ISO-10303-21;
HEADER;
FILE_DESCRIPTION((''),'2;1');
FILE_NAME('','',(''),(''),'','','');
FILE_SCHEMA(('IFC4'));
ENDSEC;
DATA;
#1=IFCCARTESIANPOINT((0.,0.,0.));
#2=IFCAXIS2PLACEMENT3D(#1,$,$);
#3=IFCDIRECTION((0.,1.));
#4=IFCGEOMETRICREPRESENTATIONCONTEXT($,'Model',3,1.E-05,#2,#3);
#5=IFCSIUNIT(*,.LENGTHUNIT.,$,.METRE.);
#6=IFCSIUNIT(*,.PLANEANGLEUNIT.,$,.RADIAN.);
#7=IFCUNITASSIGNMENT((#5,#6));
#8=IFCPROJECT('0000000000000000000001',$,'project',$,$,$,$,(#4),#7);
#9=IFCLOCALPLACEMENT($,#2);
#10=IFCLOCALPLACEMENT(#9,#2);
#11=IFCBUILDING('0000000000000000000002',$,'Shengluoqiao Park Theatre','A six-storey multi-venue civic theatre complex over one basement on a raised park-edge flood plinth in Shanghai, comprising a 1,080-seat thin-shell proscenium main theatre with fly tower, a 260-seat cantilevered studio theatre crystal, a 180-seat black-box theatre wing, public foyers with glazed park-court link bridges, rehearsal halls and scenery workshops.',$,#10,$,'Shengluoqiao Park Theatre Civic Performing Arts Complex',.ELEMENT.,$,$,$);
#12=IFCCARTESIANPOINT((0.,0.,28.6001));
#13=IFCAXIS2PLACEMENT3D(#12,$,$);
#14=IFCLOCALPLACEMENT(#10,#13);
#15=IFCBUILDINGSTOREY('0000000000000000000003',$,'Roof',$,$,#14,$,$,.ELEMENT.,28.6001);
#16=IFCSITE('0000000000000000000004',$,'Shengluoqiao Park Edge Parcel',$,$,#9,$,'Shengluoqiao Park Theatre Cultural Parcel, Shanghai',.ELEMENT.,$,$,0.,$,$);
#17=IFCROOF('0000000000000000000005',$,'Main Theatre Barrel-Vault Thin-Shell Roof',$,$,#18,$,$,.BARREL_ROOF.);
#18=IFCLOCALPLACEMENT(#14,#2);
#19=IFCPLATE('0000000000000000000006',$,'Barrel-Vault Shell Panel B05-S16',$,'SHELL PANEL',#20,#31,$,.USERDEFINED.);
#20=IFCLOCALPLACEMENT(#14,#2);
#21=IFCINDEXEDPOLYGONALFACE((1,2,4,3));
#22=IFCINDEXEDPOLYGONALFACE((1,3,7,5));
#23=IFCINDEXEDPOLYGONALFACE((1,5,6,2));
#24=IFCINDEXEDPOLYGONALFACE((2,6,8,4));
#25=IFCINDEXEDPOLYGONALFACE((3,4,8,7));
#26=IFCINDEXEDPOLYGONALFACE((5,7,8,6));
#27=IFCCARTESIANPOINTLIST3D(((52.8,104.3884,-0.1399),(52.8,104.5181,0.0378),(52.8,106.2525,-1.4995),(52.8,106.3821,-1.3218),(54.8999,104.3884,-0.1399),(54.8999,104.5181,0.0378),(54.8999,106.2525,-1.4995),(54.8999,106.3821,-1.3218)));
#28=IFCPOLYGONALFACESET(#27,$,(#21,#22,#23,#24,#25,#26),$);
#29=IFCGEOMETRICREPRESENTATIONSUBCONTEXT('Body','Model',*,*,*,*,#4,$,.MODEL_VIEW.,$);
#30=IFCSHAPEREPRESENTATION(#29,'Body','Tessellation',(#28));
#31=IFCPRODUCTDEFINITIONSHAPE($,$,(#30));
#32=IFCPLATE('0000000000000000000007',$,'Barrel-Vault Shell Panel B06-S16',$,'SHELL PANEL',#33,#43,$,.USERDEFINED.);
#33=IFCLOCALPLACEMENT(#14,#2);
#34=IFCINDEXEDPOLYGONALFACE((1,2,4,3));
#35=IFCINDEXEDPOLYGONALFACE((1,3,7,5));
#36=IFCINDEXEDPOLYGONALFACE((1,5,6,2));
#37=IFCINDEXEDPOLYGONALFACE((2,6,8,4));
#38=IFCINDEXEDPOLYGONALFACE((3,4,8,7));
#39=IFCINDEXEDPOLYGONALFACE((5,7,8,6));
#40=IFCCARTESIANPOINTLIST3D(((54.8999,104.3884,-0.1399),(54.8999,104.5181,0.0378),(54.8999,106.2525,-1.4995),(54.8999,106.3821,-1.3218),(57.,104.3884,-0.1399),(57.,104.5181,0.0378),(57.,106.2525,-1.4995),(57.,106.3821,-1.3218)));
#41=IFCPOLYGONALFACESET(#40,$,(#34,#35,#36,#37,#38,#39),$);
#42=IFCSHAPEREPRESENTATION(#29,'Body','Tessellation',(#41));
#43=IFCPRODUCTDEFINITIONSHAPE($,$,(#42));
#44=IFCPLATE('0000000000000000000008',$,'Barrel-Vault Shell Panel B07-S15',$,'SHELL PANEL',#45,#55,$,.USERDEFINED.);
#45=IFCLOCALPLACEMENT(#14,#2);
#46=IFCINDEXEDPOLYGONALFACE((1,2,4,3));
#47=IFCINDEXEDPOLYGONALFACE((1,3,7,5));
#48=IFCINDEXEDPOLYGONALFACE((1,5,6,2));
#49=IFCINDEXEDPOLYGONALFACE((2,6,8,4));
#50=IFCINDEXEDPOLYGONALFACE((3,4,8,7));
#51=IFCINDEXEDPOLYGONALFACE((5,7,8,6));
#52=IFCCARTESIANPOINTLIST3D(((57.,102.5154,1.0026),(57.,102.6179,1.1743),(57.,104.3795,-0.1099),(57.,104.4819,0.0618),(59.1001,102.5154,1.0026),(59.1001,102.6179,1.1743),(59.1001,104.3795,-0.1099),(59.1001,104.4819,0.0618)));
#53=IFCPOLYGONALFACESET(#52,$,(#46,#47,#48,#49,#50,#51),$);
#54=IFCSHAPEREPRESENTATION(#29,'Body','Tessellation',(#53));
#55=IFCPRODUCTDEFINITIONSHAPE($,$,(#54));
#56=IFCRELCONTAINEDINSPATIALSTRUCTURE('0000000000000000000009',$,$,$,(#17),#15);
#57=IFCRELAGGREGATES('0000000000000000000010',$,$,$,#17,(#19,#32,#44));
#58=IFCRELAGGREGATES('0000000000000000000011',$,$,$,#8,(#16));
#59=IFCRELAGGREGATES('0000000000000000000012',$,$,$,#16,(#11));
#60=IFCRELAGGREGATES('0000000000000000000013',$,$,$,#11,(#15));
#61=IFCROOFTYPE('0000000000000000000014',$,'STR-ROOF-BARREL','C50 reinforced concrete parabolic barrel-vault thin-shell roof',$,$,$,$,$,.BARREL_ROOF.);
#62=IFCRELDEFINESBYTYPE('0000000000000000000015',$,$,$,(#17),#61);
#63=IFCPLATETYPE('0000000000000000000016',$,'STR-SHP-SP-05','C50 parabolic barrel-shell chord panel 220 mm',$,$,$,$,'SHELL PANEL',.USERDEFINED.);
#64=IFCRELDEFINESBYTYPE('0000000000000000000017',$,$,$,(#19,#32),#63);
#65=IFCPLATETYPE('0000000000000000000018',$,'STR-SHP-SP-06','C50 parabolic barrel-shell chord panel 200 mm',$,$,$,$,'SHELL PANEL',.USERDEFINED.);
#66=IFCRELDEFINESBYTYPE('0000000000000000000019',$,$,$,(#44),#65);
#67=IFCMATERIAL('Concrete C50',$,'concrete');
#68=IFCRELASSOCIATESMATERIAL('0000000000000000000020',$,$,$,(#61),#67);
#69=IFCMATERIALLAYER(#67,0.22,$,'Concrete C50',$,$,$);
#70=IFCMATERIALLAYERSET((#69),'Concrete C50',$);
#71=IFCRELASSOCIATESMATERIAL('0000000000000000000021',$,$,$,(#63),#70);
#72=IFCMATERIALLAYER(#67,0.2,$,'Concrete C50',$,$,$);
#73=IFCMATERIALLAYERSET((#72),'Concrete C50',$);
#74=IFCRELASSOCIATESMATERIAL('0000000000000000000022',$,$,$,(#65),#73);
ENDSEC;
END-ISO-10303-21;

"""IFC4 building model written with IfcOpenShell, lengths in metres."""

from ifc_helpers import new_model, si_unit, direction, frame, origin, place, context, subcontext, project, spatial, polyline, outline, extrude, material, layer, layer_set, type_object, element, aggregate, save


model = new_model("IFC4")

# Units and contexts
model_context = context("Model", 3, precision=1e-05, world=origin(), true_north=direction((0.0, 1.0)))
body_context = subcontext(model_context, "Body", "Model", "MODEL_VIEW")
ifc_project = project(units=[si_unit("LENGTHUNIT", "METRE"), si_unit("PLANEANGLEUNIT", "RADIAN")], contexts=[model_context])

# Site, building, storey
site_placement = place(None, origin())
site = spatial("IfcSite", under=ifc_project, at=site_placement, Name="Shengluoqiao Park Edge Parcel", LongName="Shengluoqiao Park Theatre Cultural Parcel, Shanghai", CompositionType="ELEMENT", RefElevation=0.0)
building_placement = place(site_placement, origin())
building = spatial("IfcBuilding", under=site, at=building_placement, Name="Shengluoqiao Park Theatre", Description="A six-storey multi-venue civic theatre complex over one basement on a raised park-edge flood plinth in Shanghai, comprising a 1,080-seat thin-shell proscenium main theatre with fly tower, a 260-seat cantilevered studio theatre crystal, a 180-seat black-box theatre wing, public foyers with glazed park-court link bridges, rehearsal halls and scenery workshops.", LongName="Shengluoqiao Park Theatre Civic Performing Arts Complex", CompositionType="ELEMENT")
storey_placement = place(building_placement, frame((0.0, 0.0, 28.6001)))
storey = spatial("IfcBuildingStorey", under=building, at=storey_placement, Name="Roof", CompositionType="ELEMENT", Elevation=28.6001)

# Shared definitions
ifc_material_1 = material(Name="Concrete C50", Category="concrete")

# Roof, plates
roof_type = type_object("IfcRoofType", Name="STR-ROOF-BARREL", Description="C50 reinforced concrete parabolic barrel-vault thin-shell roof", PredefinedType="BARREL_ROOF", material=ifc_material_1)
roof_placement = place(storey_placement, origin())
roof = element("IfcRoof", 1, at=roof_placement, inside=storey, type_object=roof_type, Name="Main Theatre Barrel-Vault Thin-Shell Roof", PredefinedType="BARREL_ROOF")
ifc_layer_1 = layer(ifc_material_1, 0.22, Name="Concrete C50")
ifc_layer_set_1 = layer_set([ifc_layer_1], Name="Concrete C50")
plate_type_1 = type_object("IfcPlateType", Name="STR-SHP-SP-05", Description="C50 parabolic barrel-shell chord panel 220 mm", ElementType="SHELL PANEL", PredefinedType="USERDEFINED", material=ifc_layer_set_1)
plate_1_placement = place(storey_placement, frame((52.8, 104.5181, 0.0378), z_axis=(0.0, 0.589297, 0.807916), x_axis=(1.0, 0.0, 0.0)))
plate_1 = element("IfcPlate", 2, at=plate_1_placement, type_object=plate_type_1, Name="Barrel-Vault Shell Panel B05-S16", ObjectType="SHELL PANEL", PredefinedType="USERDEFINED", context=body_context, shape_type="SweptSolid", body=[
    extrude(outline(polyline([(0.0, 0.0), (2.0999, 0.0), (2.0999, 2.3072), (0.0, 2.3072), (0.0, 0.0)])), origin(), (0.0, 0.0, -1.0), 0.22),
])
plate_2_placement = place(storey_placement, frame((54.8999, 104.5181, 0.0378), z_axis=(0.0, 0.589297, 0.807916), x_axis=(1.0, 0.0, 0.0)))
plate_2 = element("IfcPlate", 3, at=plate_2_placement, type_object=plate_type_1, Name="Barrel-Vault Shell Panel B06-S16", ObjectType="SHELL PANEL", PredefinedType="USERDEFINED", context=body_context, shape_type="SweptSolid", body=[
    extrude(outline(polyline([(0.0, 0.0), (2.1001, 0.0), (2.1001, 2.3072), (0.0, 2.3072), (0.0, 0.0)])), origin(), (0.0, 0.0, -1.0), 0.22),
])
ifc_layer_2 = layer(ifc_material_1, 0.2, Name="Concrete C50")
ifc_layer_set_2 = layer_set([ifc_layer_2], Name="Concrete C50")
plate_type_2 = type_object("IfcPlateType", Name="STR-SHP-SP-06", Description="C50 parabolic barrel-shell chord panel 200 mm", ElementType="SHELL PANEL", PredefinedType="USERDEFINED", material=ifc_layer_set_2)
plate_3_placement = place(storey_placement, frame((57.0, 102.6179, 1.1743), z_axis=(0.0, 0.51251, 0.858681), x_axis=(1.0, 0.0, 0.0)))
plate_3 = element("IfcPlate", 4, at=plate_3_placement, type_object=plate_type_2, Name="Barrel-Vault Shell Panel B07-S15", ObjectType="SHELL PANEL", PredefinedType="USERDEFINED", context=body_context, shape_type="SweptSolid", body=[
    extrude(outline(polyline([(0.0, 0.0), (2.1001, 0.0), (2.1001, 2.1708), (0.0, 2.1708), (0.0, 0.0)])), origin(), (0.0, 0.0, -1.0), 0.2),
])
aggregate(roof, [plate_1, plate_2, plate_3])

save(model, "model.ifc")
